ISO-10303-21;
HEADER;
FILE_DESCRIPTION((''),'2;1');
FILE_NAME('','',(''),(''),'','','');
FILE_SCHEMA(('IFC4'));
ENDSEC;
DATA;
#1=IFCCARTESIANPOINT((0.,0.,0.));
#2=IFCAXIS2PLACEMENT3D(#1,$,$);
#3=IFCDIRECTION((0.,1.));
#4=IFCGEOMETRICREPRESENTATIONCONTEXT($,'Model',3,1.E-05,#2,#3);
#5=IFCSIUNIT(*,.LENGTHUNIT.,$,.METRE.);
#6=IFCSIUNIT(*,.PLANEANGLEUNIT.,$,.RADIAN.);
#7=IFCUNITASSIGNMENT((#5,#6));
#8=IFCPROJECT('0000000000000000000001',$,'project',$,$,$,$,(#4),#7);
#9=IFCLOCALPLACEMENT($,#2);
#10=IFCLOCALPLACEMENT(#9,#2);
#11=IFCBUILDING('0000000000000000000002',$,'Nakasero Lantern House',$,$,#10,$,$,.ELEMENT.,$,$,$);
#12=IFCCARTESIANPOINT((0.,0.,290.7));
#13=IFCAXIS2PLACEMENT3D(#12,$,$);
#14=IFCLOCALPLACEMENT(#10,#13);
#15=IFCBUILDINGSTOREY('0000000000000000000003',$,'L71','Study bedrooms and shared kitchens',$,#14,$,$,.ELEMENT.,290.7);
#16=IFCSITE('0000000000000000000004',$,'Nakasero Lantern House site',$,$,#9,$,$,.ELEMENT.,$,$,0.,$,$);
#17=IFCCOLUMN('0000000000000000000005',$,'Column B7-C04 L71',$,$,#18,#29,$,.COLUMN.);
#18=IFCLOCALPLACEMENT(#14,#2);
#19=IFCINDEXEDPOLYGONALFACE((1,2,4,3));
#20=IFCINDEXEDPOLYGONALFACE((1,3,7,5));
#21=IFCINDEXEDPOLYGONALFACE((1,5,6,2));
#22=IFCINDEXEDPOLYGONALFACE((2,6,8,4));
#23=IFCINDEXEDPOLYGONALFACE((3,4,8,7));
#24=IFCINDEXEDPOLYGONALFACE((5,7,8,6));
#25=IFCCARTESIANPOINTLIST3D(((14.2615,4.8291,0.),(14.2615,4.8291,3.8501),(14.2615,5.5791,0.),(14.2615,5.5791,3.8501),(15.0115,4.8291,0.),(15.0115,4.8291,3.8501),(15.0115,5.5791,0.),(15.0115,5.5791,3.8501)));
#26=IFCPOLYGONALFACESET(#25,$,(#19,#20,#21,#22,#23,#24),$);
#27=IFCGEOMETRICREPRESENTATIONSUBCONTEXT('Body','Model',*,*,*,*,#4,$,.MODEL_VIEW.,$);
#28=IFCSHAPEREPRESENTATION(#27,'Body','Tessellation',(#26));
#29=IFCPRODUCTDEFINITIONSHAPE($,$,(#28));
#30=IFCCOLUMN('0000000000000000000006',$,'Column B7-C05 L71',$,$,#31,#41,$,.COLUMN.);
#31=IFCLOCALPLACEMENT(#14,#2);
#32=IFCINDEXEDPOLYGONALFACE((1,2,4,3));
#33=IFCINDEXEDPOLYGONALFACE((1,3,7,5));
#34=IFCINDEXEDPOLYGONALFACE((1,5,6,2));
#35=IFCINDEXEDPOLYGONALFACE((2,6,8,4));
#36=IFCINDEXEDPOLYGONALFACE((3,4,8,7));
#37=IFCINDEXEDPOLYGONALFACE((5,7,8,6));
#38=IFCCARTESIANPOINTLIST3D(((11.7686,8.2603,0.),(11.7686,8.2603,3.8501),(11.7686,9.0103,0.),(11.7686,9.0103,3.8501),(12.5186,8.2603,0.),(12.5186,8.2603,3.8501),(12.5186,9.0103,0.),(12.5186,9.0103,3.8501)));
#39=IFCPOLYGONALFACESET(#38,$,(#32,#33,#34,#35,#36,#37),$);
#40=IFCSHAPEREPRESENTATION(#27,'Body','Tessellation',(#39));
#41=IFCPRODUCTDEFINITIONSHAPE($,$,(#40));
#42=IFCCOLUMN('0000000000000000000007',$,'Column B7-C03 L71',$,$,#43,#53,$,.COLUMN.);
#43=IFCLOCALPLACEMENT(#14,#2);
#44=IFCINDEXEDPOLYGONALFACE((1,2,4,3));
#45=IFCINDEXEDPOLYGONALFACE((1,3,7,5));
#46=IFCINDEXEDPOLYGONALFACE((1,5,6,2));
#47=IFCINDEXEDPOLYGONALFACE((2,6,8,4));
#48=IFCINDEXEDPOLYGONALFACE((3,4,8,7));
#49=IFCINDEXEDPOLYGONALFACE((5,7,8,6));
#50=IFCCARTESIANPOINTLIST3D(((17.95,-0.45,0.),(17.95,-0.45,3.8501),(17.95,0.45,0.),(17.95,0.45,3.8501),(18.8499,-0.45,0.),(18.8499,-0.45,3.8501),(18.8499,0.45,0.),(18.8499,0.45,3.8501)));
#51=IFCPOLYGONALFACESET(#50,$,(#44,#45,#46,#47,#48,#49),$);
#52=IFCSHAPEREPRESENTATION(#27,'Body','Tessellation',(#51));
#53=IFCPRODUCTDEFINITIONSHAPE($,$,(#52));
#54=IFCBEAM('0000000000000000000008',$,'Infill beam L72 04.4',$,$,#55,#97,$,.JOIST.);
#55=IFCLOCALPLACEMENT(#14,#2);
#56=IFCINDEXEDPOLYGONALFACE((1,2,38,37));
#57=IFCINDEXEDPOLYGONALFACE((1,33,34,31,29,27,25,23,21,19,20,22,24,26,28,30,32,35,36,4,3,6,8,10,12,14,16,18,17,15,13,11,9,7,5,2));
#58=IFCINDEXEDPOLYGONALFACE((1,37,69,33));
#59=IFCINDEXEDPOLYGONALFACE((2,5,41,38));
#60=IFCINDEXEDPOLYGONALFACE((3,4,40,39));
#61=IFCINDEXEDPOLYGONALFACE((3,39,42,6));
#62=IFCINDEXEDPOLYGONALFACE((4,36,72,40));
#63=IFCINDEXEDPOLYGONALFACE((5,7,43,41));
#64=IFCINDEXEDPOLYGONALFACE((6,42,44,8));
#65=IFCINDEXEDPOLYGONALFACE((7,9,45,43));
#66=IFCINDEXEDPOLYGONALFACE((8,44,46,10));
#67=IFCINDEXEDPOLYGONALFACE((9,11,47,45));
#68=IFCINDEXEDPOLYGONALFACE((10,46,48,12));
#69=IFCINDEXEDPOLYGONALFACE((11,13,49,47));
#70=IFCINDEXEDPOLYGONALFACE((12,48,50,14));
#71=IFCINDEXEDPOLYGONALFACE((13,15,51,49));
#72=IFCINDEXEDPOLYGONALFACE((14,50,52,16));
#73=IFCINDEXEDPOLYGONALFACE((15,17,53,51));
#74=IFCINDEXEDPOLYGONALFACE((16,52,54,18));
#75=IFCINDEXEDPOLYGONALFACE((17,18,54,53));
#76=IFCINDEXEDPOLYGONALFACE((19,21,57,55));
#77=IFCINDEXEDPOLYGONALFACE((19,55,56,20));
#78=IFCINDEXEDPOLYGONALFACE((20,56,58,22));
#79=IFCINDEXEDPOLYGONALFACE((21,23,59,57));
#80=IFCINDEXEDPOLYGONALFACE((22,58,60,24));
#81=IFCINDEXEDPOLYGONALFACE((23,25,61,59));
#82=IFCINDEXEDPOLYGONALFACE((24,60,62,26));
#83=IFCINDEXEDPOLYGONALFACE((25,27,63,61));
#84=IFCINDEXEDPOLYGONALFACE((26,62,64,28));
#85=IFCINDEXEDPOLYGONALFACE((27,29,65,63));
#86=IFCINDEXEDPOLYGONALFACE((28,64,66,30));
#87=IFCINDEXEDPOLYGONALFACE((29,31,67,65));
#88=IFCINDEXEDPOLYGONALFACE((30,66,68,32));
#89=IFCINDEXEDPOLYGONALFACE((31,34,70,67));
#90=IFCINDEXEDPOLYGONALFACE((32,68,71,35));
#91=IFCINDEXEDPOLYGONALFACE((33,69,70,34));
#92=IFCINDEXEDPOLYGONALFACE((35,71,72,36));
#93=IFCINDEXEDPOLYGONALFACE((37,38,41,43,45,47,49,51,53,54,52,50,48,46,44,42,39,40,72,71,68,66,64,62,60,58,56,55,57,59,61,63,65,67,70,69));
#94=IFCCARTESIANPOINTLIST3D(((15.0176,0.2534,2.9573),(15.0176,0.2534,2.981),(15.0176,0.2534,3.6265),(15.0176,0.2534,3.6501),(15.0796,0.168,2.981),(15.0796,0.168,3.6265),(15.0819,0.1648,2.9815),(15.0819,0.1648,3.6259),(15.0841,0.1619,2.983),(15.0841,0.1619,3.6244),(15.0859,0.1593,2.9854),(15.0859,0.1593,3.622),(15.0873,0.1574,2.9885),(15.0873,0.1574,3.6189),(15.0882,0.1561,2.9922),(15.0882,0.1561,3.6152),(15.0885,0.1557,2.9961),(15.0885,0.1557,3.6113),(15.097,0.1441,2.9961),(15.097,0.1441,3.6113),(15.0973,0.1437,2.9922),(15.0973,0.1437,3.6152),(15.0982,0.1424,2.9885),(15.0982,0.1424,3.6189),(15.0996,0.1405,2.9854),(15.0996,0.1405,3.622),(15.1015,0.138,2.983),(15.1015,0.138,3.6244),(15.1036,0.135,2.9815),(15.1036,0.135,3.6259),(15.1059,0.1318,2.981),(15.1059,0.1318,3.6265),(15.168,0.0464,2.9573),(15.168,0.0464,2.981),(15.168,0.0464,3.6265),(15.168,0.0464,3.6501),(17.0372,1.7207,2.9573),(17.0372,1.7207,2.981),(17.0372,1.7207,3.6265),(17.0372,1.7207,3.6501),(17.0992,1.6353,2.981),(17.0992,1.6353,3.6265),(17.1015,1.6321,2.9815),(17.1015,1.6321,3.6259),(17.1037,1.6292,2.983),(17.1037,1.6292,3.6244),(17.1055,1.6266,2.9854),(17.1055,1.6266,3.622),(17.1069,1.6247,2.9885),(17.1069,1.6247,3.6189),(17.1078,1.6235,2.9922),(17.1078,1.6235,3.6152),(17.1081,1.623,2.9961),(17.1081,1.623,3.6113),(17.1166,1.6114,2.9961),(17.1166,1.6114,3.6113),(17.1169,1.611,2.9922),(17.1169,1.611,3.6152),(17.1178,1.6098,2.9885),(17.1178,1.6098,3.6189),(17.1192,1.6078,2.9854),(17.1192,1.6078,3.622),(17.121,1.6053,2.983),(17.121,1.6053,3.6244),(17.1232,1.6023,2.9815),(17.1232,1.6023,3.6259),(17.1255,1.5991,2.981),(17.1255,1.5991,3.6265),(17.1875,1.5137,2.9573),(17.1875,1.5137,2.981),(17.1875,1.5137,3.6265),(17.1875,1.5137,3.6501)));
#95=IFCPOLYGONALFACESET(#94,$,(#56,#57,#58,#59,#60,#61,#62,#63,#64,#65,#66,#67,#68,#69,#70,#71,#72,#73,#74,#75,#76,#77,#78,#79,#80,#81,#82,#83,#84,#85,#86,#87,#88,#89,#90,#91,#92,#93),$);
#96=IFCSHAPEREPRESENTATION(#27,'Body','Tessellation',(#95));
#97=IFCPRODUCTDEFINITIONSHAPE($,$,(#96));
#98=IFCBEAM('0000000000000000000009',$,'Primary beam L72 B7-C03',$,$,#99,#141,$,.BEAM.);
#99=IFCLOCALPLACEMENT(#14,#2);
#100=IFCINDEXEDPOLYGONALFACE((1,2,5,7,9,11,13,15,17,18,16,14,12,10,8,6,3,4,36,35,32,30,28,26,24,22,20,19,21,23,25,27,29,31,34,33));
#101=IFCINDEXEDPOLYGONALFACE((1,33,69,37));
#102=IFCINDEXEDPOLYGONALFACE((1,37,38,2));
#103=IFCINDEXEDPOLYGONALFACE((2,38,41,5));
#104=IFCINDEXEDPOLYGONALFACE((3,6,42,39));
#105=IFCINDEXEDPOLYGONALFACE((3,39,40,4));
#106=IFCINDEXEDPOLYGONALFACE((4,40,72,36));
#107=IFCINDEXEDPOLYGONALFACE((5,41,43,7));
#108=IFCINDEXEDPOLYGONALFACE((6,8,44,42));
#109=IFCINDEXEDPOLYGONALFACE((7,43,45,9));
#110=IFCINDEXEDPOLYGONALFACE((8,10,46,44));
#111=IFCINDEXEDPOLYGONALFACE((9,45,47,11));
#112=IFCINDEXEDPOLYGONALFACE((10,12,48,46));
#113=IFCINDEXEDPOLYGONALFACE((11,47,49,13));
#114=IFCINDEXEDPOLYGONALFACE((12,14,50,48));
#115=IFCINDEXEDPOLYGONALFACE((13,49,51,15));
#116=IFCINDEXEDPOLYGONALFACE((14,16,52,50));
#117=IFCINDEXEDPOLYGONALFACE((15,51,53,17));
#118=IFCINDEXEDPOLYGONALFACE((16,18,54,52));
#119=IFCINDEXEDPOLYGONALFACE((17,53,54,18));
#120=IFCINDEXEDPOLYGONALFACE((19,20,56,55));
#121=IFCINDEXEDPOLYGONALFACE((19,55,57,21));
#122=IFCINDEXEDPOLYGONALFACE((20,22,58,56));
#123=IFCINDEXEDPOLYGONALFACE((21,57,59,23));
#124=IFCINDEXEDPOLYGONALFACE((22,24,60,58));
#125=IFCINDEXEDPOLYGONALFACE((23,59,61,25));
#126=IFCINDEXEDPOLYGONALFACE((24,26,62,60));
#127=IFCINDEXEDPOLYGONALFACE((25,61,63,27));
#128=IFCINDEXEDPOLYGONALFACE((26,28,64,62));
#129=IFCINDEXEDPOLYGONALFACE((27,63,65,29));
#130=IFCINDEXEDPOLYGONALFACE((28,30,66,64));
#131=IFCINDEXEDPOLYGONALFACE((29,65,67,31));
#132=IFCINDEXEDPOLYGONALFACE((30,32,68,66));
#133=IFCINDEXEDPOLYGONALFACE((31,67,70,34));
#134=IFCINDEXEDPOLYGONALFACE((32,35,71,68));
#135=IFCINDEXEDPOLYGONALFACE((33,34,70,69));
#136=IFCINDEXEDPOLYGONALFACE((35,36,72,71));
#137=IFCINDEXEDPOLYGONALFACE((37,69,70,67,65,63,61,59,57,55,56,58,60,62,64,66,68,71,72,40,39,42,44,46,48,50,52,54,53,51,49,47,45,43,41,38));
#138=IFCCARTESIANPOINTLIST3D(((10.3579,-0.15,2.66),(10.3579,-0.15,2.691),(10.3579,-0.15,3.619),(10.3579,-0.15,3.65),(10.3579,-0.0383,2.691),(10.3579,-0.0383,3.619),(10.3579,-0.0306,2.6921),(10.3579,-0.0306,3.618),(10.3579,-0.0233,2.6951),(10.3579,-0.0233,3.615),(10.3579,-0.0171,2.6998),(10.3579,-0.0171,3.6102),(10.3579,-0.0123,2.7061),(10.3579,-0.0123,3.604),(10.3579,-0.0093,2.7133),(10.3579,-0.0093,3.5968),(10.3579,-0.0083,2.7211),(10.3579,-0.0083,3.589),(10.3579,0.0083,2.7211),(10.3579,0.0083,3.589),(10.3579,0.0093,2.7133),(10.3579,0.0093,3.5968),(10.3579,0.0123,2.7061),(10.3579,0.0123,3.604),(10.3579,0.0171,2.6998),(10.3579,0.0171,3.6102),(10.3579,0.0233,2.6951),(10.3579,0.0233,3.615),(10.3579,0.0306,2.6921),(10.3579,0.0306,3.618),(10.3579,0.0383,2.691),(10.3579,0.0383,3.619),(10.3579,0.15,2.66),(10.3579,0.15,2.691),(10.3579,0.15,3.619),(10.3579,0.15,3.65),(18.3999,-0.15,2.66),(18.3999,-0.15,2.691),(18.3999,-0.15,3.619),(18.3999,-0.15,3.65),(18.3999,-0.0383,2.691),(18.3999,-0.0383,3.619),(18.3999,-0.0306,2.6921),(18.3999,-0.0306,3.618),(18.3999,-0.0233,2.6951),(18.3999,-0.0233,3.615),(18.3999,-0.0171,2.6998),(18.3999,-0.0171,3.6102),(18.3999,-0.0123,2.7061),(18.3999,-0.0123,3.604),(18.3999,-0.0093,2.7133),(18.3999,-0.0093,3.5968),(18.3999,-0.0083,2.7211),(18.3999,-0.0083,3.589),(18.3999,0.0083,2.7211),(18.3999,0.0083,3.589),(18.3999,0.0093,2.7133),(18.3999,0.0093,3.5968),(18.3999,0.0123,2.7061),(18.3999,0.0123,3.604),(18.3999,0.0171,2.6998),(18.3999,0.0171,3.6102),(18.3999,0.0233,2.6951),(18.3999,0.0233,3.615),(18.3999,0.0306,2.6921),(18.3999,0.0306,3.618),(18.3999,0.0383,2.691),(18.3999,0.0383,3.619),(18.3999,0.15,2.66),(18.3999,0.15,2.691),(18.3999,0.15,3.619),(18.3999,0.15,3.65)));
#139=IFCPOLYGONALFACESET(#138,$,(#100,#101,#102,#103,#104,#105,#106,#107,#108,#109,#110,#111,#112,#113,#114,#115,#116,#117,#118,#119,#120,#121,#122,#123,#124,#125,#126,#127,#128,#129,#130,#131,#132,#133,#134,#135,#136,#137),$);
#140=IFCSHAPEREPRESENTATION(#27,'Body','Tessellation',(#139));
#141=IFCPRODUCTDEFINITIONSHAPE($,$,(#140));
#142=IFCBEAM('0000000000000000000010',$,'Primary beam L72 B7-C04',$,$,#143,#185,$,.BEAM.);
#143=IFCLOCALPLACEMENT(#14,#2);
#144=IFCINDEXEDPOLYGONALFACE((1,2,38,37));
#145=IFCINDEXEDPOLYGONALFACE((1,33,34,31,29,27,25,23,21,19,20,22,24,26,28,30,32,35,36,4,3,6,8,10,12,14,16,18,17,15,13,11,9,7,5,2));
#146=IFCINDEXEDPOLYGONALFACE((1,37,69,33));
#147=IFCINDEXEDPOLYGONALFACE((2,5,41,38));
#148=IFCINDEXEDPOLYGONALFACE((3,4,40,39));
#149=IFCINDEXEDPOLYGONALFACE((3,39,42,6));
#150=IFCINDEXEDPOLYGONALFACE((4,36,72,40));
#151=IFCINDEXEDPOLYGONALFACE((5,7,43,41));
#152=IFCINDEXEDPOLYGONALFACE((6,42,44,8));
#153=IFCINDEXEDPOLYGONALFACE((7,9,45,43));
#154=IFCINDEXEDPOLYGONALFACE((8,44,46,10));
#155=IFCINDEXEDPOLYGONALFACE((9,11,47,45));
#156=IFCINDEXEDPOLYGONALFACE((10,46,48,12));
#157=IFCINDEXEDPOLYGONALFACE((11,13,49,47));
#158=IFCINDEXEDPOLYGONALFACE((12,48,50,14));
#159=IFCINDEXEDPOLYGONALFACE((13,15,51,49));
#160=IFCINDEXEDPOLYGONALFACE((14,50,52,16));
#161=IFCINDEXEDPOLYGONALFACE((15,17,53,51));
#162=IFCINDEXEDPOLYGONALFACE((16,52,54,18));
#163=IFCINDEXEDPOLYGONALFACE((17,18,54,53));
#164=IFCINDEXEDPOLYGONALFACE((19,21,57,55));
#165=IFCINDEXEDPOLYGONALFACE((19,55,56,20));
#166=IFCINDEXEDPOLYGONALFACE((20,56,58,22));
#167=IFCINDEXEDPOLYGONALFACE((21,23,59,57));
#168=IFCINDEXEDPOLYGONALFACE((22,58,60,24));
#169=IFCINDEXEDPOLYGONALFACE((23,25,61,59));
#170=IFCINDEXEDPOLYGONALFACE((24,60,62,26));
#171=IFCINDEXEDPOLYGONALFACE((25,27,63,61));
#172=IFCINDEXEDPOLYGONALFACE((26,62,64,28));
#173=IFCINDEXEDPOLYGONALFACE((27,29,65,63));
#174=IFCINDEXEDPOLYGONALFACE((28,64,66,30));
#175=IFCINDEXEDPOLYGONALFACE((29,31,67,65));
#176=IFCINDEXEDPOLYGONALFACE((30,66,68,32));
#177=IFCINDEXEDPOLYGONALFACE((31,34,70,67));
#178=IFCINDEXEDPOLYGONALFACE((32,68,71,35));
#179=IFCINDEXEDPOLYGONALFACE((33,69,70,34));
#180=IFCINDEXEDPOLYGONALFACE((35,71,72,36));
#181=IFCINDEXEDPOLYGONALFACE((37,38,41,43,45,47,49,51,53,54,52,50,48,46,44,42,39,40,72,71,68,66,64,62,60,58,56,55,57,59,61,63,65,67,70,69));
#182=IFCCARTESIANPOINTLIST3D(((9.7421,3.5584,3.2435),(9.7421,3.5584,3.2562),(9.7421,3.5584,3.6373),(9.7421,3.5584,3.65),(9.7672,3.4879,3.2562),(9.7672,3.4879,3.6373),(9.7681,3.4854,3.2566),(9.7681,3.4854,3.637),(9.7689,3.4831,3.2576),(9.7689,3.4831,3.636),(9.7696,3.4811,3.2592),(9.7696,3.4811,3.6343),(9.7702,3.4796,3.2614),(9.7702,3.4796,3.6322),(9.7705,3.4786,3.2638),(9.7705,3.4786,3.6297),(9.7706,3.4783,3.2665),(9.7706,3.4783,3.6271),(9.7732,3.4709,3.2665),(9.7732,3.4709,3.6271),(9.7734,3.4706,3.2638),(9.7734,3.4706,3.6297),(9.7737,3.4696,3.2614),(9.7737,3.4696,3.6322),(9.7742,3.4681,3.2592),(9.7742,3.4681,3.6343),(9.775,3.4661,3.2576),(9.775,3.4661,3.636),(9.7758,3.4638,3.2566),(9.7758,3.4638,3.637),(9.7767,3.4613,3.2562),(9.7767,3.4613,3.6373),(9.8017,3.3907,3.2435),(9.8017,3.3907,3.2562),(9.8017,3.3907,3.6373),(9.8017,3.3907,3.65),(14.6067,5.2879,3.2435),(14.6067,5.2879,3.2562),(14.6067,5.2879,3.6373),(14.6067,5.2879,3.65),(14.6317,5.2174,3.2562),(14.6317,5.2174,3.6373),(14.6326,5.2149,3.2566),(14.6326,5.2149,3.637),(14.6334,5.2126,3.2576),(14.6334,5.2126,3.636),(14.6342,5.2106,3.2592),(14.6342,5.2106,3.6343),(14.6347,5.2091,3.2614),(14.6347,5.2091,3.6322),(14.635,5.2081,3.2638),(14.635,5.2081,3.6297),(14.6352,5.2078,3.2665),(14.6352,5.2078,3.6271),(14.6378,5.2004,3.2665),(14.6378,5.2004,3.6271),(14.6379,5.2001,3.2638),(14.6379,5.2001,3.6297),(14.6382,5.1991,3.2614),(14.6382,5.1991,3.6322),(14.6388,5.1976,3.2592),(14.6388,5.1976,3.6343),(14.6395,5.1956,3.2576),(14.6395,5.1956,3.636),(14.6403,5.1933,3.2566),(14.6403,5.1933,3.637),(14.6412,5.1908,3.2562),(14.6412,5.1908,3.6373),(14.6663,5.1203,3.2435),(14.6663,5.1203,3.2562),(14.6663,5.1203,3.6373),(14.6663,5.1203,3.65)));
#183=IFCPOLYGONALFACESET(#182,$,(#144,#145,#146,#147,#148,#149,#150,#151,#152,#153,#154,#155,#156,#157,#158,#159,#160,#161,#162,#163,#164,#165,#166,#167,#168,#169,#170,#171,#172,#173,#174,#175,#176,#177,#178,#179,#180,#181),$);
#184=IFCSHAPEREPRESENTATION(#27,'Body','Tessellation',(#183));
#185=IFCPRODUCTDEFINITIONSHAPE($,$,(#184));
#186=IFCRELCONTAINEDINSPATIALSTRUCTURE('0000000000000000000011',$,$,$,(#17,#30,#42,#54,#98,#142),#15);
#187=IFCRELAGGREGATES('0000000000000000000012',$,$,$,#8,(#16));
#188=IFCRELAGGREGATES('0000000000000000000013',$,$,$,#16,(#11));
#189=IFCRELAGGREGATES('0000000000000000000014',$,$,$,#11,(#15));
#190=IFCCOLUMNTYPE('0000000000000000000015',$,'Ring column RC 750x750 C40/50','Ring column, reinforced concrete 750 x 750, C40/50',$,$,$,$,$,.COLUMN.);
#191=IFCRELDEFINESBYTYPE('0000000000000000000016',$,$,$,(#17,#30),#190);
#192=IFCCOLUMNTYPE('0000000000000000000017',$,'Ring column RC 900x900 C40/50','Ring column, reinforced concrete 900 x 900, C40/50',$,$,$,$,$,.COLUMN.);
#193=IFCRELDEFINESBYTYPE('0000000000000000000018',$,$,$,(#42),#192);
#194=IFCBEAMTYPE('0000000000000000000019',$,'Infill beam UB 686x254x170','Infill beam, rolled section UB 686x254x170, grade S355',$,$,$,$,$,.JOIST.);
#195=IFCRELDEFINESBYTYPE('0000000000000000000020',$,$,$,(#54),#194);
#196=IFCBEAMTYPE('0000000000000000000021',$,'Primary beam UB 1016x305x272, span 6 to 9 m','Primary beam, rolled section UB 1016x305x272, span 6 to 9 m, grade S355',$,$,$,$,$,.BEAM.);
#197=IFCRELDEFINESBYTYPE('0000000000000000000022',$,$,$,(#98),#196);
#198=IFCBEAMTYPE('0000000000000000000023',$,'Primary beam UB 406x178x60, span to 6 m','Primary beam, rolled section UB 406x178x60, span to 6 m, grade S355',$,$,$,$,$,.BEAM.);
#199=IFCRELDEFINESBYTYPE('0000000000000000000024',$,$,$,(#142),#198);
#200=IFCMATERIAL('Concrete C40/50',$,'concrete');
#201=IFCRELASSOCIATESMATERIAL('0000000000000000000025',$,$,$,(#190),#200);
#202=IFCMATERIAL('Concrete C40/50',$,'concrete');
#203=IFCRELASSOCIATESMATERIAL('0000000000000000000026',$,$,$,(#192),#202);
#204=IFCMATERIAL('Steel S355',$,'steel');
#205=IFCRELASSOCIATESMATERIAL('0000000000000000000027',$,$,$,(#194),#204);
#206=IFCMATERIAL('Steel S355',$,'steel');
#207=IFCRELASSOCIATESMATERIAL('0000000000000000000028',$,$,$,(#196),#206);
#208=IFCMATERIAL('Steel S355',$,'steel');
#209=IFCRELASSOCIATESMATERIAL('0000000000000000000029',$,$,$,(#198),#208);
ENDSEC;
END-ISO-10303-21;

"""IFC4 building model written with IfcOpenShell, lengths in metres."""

from ifc_helpers import new_model, si_unit, direction, frame, origin, origin_2d, place, context, subcontext, project, spatial, rectangle, i_section, extrude, material, material_profile, profile_set, type_object, element, save


model = new_model("IFC4")

# Units and contexts
model_context = context("Model", 3, precision=1e-05, world=origin(), true_north=direction((0.0, 1.0)))
body_context = subcontext(model_context, "Body", "Model", "MODEL_VIEW")
ifc_project = project(units=[si_unit("LENGTHUNIT", "METRE"), si_unit("PLANEANGLEUNIT", "RADIAN")], contexts=[model_context])

# Site, building, storey
site_placement = place(None, origin())
site = spatial("IfcSite", under=ifc_project, at=site_placement, Name="Nakasero Lantern House site", CompositionType="ELEMENT", RefElevation=0.0)
building_placement = place(site_placement, origin())
building = spatial("IfcBuilding", under=site, at=building_placement, Name="Nakasero Lantern House", CompositionType="ELEMENT")
storey_placement = place(building_placement, frame((0.0, 0.0, 290.7)))
storey = spatial("IfcBuildingStorey", under=building, at=storey_placement, Name="L71", Description="Study bedrooms and shared kitchens", CompositionType="ELEMENT", Elevation=290.7)

# Columns
ifc_material_1 = material(Name="Concrete C40/50", Category="concrete")
ifc_material_profile_1 = material_profile(ifc_material_1, rectangle(XDim=0.75, YDim=0.75, at=origin_2d()), Name="RC 750x750")
ifc_profile_set_1 = profile_set([ifc_material_profile_1], Name="Concrete C40/50")
column_type_1 = type_object("IfcColumnType", Name="Ring column RC 750x750 C40/50", Description="Ring column, reinforced concrete 750 x 750, C40/50", PredefinedType="COLUMN", material=ifc_profile_set_1)
for number, where, z_axis, x_axis, name in (
    (1, (14.6365, 5.2041, 0.0), (0.0, 0.0, 1.0), (1.0, 0.0, 0.0), "Column B7-C04 L71"),
    (2, (12.1436, 8.6353, 0.0), (0.0, 0.0, 1.0), (1.0, 0.0, 0.0), "Column B7-C05 L71"),
):
    element("IfcColumn", number, at=place(storey_placement, frame(where, z_axis=z_axis, x_axis=x_axis)), inside=storey, type_object=column_type_1, Name=name, PredefinedType="COLUMN", context=body_context, shape_type="SweptSolid", body=[
        extrude(rectangle(XDim=0.75, YDim=0.75, at=origin_2d()), origin(), (0.0, 0.0, 1.0), 3.8501),
    ])
ifc_material_2 = material(Name="Concrete C40/50", Category="concrete")
ifc_material_profile_2 = material_profile(ifc_material_2, rectangle(XDim=0.8999, YDim=0.8999, at=origin_2d()), Name="RC 900x900")
ifc_profile_set_2 = profile_set([ifc_material_profile_2], Name="Concrete C40/50")
column_type_2 = type_object("IfcColumnType", Name="Ring column RC 900x900 C40/50", Description="Ring column, reinforced concrete 900 x 900, C40/50", PredefinedType="COLUMN", material=ifc_profile_set_2)
column_placement = place(storey_placement, frame((18.3999, 0.0, 0.0), z_axis=(0.0, 0.0, 1.0), x_axis=(1.0, 0.0, 0.0)))
element("IfcColumn", 3, at=column_placement, inside=storey, type_object=column_type_2, Name="Column B7-C03 L71", PredefinedType="COLUMN", context=body_context, shape_type="SweptSolid", body=[
    extrude(rectangle(XDim=0.8999, YDim=0.8999, at=origin_2d()), origin(), (0.0, 0.0, 1.0), 3.8501),
])

# Beams
ifc_material_3 = material(Name="Steel S355", Category="steel")
ifc_material_profile_3 = material_profile(ifc_material_3, i_section(OverallWidth=0.2559, OverallDepth=0.6929, WebThickness=0.0144, FlangeThickness=0.0237, FilletRadius=0.0151, at=origin_2d()), Name="UB 686x254x170")
ifc_profile_set_3 = profile_set([ifc_material_profile_3], Name="Steel S355")
beam_type_1 = type_object("IfcBeamType", Name="Infill beam UB 686x254x170", Description="Infill beam, rolled section UB 686x254x170, grade S355", PredefinedType="JOIST", material=ifc_profile_set_3)
beam_1_placement = place(storey_placement, frame((15.0928, 0.1499, 3.3037), z_axis=(0.809015, 0.587788, 0.0), x_axis=(-0.587788, 0.809015, 0.0)))
element("IfcBeam", 4, at=beam_1_placement, inside=storey, type_object=beam_type_1, Name="Infill beam L72 04.4", PredefinedType="JOIST", context=body_context, shape_type="SweptSolid", body=[
    extrude(i_section(OverallWidth=0.2559, OverallDepth=0.6929, WebThickness=0.0144, FlangeThickness=0.0237, FilletRadius=0.0151, at=origin_2d()), origin(), (0.0, 0.0, 1.0), 2.4963),
])
ifc_material_4 = material(Name="Steel S355", Category="steel")
ifc_material_profile_4 = material_profile(ifc_material_4, i_section(OverallWidth=0.3, OverallDepth=0.99, WebThickness=0.0166, FlangeThickness=0.031, FilletRadius=0.03, at=origin_2d()), Name="UB 1016x305x272")
ifc_profile_set_4 = profile_set([ifc_material_profile_4], Name="Steel S355")
beam_type_2 = type_object("IfcBeamType", Name="Primary beam UB 1016x305x272, span 6 to 9 m", Description="Primary beam, rolled section UB 1016x305x272, span 6 to 9 m, grade S355", PredefinedType="BEAM", material=ifc_profile_set_4)
beam_2_placement = place(storey_placement, frame((18.3999, 0.0, 3.155), z_axis=(-1.0, 0.0, 0.0), x_axis=(0.0, -1.0, 0.0)))
element("IfcBeam", 5, at=beam_2_placement, inside=storey, type_object=beam_type_2, Name="Primary beam L72 B7-C03", PredefinedType="BEAM", context=body_context, shape_type="SweptSolid", body=[
    extrude(i_section(OverallWidth=0.3, OverallDepth=0.99, WebThickness=0.0166, FlangeThickness=0.031, FilletRadius=0.03, at=origin_2d()), origin(), (0.0, 0.0, 1.0), 8.042),
])
ifc_material_5 = material(Name="Steel S355", Category="steel")
ifc_material_profile_5 = material_profile(ifc_material_5, i_section(OverallWidth=0.178, OverallDepth=0.4065, WebThickness=0.0078, FlangeThickness=0.0127, FilletRadius=0.0103, at=origin_2d()), Name="UB 406x178x60")
ifc_profile_set_5 = profile_set([ifc_material_profile_5], Name="Steel S355")
beam_type_3 = type_object("IfcBeamType", Name="Primary beam UB 406x178x60, span to 6 m", Description="Primary beam, rolled section UB 406x178x60, span to 6 m, grade S355", PredefinedType="BEAM", material=ifc_profile_set_5)
beam_3_placement = place(storey_placement, frame((14.6365, 5.2041, 3.4468), z_axis=(-0.942221, -0.334991, 0.0), x_axis=(0.334991, -0.942221, 0.0)))
element("IfcBeam", 6, at=beam_3_placement, inside=storey, type_object=beam_type_3, Name="Primary beam L72 B7-C04", PredefinedType="BEAM", context=body_context, shape_type="SweptSolid", body=[
    extrude(i_section(OverallWidth=0.178, OverallDepth=0.4065, WebThickness=0.0078, FlangeThickness=0.0127, FilletRadius=0.0103, at=origin_2d()), origin(), (0.0, 0.0, 1.0), 5.1628),
])

save(model, "model.ifc")
